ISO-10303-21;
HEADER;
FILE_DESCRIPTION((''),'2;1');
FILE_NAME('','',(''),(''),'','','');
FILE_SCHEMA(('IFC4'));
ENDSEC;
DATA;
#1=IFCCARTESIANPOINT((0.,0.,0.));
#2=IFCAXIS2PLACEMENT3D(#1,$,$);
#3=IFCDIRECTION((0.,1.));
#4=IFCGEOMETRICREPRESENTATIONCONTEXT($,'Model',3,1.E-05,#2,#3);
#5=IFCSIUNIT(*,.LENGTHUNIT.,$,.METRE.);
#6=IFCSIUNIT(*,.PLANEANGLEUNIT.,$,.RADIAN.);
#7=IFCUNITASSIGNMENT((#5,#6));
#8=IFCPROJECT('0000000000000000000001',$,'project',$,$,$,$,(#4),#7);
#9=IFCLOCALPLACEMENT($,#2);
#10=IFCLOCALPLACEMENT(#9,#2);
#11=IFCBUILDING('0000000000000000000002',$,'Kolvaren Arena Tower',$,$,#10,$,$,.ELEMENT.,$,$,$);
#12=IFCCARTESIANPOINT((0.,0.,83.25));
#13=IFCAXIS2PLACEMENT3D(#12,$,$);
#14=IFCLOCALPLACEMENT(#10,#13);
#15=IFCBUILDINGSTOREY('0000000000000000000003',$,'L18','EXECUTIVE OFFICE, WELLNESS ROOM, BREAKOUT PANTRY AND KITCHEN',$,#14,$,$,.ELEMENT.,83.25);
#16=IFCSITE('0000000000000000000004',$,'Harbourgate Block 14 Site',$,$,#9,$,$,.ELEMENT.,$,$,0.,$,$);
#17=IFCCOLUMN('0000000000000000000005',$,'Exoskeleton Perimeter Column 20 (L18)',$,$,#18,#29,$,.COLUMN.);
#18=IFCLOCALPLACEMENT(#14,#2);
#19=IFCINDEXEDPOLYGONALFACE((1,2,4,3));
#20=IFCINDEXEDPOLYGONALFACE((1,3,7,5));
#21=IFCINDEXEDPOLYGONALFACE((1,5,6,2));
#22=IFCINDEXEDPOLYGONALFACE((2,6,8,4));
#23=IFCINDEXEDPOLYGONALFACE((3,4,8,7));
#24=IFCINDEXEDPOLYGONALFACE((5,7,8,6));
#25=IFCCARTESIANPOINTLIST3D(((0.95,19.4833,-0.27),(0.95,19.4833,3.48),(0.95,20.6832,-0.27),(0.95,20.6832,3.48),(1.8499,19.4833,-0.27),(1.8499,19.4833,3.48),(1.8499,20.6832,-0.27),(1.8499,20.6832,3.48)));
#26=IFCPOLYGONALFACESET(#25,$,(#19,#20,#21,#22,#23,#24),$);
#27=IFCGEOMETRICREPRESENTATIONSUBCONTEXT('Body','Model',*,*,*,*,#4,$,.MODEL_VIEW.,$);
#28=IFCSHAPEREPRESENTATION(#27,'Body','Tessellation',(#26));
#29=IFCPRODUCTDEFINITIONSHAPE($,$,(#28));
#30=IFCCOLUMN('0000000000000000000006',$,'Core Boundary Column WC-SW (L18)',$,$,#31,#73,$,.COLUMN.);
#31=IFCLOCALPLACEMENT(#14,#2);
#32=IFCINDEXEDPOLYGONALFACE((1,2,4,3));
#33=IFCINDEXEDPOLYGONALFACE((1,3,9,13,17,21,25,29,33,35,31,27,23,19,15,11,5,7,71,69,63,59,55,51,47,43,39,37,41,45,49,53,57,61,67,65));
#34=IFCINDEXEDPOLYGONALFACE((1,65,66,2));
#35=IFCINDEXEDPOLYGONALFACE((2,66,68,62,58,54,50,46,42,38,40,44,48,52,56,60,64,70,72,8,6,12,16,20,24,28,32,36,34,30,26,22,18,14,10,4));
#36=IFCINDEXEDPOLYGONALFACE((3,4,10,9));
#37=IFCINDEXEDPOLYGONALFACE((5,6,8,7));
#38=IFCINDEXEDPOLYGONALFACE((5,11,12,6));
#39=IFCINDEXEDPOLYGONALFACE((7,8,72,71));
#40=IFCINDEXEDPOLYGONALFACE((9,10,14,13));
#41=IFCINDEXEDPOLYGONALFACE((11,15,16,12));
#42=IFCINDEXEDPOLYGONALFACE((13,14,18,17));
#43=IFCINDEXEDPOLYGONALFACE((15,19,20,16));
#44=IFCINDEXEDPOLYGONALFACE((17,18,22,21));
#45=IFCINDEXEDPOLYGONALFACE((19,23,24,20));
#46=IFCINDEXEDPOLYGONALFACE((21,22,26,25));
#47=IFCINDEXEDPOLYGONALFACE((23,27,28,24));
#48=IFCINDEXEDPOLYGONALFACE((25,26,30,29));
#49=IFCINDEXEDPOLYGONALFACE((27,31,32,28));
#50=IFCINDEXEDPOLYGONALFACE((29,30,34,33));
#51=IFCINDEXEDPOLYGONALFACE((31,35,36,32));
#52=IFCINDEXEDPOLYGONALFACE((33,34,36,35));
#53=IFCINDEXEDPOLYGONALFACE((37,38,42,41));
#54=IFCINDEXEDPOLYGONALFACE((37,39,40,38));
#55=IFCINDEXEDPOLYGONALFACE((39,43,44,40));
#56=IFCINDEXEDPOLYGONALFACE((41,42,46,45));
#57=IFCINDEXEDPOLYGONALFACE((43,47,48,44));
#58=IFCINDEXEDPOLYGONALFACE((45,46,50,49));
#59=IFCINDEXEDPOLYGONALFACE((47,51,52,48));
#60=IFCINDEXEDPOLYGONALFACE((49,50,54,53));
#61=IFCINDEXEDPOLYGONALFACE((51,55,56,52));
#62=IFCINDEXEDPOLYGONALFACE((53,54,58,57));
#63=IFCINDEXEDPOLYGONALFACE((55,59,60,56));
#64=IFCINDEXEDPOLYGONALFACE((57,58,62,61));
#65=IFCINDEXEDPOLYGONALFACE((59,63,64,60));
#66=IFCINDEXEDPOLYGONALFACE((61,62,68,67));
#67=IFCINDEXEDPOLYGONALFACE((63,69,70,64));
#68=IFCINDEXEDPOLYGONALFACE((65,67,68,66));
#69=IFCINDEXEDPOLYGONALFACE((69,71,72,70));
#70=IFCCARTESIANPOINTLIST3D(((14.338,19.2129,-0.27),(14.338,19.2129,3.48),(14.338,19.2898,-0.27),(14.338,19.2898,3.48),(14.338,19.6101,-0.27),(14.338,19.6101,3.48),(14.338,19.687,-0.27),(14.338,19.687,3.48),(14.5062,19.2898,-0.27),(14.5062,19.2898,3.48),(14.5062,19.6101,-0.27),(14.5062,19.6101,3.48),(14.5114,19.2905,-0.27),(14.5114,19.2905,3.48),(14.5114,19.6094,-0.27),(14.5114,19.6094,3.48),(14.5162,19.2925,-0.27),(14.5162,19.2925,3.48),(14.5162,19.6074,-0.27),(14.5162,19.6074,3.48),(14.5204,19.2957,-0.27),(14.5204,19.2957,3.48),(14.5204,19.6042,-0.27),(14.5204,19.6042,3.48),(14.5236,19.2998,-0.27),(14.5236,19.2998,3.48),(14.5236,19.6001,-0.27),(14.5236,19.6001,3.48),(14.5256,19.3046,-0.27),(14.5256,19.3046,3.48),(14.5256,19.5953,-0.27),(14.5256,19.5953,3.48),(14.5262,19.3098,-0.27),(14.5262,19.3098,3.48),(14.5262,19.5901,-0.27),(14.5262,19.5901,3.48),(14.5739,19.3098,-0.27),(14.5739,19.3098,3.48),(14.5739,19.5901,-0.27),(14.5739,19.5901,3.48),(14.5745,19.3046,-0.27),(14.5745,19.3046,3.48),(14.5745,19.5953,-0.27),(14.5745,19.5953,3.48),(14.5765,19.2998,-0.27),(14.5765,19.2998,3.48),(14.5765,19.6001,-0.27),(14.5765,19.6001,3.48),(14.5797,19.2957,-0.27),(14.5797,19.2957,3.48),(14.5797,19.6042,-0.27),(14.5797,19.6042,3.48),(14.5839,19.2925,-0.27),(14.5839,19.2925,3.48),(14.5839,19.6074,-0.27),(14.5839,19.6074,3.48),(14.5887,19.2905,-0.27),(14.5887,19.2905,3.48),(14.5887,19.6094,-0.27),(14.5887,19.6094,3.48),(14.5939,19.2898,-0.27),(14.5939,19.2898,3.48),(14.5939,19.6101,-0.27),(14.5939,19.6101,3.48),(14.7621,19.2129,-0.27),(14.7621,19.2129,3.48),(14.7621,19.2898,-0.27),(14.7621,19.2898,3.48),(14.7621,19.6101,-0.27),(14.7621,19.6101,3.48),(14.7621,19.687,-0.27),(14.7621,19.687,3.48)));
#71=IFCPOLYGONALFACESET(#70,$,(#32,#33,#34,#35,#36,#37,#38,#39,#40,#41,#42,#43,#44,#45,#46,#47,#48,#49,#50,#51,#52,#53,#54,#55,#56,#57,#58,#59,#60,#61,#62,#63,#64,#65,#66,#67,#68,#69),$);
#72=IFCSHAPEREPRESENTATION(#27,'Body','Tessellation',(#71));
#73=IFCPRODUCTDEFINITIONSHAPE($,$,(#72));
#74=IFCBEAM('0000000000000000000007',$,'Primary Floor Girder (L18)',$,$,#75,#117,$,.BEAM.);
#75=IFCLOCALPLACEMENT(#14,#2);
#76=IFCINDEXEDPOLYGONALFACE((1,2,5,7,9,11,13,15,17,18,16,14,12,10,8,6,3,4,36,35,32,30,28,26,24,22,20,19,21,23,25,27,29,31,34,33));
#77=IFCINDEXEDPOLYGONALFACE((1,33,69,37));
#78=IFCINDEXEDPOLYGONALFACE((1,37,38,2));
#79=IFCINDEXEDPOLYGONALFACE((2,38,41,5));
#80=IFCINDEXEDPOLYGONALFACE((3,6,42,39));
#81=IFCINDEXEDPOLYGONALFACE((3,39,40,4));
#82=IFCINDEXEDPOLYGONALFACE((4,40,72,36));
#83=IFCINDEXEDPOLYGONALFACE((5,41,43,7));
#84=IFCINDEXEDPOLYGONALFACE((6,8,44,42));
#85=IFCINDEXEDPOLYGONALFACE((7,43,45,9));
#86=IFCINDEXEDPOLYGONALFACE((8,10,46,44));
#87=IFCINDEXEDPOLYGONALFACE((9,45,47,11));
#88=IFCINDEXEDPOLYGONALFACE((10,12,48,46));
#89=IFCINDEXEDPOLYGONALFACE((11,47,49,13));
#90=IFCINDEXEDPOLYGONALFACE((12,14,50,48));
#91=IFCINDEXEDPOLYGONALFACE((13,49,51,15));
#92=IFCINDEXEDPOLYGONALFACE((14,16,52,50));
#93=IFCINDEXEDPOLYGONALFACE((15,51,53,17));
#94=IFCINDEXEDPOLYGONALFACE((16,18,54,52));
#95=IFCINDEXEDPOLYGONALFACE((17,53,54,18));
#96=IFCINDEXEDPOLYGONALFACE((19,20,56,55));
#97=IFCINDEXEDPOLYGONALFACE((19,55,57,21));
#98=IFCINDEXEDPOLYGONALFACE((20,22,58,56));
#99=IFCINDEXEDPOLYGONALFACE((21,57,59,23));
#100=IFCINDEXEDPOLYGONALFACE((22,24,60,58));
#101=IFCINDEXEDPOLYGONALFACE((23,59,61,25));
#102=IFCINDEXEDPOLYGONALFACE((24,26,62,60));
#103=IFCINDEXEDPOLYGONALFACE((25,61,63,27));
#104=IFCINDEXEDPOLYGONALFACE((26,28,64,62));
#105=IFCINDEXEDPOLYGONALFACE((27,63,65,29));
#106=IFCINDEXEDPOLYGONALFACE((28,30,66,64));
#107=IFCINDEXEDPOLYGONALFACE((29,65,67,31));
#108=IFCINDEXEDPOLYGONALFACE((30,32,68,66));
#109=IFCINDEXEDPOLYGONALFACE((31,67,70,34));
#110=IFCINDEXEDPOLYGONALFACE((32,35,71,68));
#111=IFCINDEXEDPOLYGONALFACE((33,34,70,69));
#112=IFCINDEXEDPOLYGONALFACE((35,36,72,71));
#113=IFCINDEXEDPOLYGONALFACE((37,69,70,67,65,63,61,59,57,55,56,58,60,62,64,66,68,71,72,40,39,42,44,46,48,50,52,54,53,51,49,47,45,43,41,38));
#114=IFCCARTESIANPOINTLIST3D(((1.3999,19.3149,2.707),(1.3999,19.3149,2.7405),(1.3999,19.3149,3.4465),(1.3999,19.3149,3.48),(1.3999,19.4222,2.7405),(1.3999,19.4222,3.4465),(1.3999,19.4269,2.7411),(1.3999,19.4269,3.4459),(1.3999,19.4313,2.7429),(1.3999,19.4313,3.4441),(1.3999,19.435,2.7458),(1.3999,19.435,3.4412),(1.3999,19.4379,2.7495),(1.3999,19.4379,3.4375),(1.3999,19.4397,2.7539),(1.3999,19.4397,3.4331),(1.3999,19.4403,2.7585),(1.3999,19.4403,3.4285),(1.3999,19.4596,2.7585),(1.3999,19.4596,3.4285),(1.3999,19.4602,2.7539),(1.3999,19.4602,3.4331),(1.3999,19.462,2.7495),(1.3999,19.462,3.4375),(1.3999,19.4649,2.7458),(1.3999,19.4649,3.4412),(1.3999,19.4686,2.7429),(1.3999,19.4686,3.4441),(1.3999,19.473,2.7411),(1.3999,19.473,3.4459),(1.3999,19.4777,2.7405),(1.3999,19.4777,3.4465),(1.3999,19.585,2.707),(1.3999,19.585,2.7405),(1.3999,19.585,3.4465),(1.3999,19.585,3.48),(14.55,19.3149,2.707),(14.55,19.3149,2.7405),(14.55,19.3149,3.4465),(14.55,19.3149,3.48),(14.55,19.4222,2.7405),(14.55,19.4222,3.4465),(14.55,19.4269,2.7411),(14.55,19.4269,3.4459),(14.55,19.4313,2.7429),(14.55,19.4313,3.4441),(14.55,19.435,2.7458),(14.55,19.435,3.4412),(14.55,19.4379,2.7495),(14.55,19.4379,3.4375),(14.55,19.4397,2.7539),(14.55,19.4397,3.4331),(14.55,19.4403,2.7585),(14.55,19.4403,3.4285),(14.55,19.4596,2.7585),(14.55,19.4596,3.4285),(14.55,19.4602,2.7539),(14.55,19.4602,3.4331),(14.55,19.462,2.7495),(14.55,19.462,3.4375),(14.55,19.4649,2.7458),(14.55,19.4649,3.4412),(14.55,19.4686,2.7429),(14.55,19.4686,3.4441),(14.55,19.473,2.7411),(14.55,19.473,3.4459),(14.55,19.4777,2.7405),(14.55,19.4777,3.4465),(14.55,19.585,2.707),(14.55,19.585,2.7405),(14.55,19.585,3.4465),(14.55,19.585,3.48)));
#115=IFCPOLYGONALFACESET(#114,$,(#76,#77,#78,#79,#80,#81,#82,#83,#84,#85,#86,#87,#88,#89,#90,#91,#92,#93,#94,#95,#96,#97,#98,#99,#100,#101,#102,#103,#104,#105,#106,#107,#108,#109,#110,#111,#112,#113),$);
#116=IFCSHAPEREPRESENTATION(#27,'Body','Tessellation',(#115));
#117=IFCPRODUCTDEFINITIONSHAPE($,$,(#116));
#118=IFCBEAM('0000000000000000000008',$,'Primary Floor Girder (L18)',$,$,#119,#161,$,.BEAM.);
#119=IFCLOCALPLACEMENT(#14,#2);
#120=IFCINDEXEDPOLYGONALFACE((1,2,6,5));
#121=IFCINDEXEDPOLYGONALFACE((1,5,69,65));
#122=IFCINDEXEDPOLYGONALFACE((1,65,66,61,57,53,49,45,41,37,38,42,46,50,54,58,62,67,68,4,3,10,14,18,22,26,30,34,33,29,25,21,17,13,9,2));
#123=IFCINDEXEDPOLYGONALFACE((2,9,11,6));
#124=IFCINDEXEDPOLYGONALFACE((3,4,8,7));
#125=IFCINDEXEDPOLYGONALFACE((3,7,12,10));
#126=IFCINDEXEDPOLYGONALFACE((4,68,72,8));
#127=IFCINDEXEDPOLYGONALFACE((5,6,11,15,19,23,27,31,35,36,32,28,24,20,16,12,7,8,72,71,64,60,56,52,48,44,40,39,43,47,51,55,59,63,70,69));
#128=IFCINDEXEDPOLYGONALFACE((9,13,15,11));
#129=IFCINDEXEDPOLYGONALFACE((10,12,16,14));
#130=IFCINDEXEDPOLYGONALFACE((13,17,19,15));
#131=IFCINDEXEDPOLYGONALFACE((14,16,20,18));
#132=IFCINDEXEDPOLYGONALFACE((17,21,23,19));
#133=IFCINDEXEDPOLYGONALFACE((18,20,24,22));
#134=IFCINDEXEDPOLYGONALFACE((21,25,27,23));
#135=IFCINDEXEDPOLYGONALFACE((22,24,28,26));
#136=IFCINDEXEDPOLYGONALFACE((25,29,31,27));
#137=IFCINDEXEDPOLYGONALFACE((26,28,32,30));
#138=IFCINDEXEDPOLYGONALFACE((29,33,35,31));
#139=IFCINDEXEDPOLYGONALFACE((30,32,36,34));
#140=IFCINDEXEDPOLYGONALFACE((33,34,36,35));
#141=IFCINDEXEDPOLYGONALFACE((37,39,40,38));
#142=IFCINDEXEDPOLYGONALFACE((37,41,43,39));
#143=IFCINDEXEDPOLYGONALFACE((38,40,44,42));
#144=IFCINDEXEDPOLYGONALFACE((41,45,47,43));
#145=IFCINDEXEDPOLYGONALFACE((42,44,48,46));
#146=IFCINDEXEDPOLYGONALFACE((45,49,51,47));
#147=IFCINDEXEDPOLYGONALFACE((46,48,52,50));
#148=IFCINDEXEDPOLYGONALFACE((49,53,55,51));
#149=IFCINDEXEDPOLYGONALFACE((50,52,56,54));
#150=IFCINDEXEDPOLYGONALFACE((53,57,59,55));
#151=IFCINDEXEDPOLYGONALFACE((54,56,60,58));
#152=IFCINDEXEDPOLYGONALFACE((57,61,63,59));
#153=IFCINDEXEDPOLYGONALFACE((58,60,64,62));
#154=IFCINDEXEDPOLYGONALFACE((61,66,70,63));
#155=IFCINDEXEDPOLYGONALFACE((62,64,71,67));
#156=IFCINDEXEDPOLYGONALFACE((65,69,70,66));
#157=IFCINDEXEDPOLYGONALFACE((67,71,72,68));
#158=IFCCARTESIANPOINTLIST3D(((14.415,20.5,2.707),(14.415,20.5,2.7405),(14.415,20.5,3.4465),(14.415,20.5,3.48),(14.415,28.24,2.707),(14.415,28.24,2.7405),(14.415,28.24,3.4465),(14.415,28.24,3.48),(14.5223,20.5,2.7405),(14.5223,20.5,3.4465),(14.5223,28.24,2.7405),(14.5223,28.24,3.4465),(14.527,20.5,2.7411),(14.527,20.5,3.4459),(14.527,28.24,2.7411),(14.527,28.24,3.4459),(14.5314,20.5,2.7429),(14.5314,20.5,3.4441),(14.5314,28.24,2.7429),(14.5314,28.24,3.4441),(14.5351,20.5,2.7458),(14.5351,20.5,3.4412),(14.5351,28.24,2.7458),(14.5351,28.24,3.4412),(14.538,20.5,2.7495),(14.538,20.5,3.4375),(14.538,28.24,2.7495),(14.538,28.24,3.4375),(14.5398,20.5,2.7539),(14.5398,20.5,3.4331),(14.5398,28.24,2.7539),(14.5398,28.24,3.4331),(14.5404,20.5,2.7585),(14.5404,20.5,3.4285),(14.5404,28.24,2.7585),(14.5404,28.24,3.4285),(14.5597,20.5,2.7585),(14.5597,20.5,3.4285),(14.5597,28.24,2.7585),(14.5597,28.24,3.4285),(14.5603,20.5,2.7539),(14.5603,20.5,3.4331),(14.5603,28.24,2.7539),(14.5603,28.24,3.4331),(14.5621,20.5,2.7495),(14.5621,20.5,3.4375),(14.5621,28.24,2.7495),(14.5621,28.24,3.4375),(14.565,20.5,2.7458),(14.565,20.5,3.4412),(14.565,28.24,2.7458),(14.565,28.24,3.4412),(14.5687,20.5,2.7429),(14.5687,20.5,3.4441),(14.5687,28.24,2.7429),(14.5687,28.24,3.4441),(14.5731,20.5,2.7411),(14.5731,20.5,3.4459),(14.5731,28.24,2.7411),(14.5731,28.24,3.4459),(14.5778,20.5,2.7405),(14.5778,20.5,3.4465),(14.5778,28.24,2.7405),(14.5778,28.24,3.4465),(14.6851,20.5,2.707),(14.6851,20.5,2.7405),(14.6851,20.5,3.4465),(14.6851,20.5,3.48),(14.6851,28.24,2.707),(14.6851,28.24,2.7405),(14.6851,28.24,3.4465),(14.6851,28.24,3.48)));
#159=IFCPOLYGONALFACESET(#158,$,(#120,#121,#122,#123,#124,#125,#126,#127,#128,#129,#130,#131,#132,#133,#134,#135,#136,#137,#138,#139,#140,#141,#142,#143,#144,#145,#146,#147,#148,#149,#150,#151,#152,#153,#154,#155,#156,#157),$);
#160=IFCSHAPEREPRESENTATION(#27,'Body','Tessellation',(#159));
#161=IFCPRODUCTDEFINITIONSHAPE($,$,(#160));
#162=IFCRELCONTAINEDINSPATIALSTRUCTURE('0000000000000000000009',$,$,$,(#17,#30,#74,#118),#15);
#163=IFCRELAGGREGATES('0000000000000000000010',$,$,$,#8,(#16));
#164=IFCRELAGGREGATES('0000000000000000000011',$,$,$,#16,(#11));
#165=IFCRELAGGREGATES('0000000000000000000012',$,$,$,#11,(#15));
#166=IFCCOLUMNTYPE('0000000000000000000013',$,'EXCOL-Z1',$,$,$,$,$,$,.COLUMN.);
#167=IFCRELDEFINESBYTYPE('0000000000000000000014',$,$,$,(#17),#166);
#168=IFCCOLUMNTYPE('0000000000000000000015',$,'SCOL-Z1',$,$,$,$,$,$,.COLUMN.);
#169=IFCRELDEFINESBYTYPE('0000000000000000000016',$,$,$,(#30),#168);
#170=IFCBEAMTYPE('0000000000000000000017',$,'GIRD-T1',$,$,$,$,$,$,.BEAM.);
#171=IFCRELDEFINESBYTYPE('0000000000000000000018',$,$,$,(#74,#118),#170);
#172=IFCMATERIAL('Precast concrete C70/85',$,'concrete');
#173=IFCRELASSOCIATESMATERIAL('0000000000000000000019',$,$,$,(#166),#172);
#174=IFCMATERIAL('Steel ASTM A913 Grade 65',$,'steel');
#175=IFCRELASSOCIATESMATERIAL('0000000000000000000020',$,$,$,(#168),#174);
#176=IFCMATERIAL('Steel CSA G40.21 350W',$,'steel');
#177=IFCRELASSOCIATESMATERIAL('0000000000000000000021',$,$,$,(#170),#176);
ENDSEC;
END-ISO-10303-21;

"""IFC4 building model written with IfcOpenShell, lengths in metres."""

from ifc_helpers import new_model, si_unit, direction, frame, origin, origin_2d, place, context, subcontext, project, spatial, rectangle, i_section, extrude, material, material_profile, profile_set, type_object, element, save


model = new_model("IFC4")

# Units and contexts
model_context = context("Model", 3, precision=1e-05, world=origin(), true_north=direction((0.0, 1.0)))
body_context = subcontext(model_context, "Body", "Model", "MODEL_VIEW")
ifc_project = project(units=[si_unit("LENGTHUNIT", "METRE"), si_unit("PLANEANGLEUNIT", "RADIAN")], contexts=[model_context])

# Site, building, storey
site_placement = place(None, origin())
site = spatial("IfcSite", under=ifc_project, at=site_placement, Name="Harbourgate Block 14 Site", CompositionType="ELEMENT", RefElevation=0.0)
building_placement = place(site_placement, origin())
building = spatial("IfcBuilding", under=site, at=building_placement, Name="Kolvaren Arena Tower", CompositionType="ELEMENT")
storey_placement = place(building_placement, frame((0.0, 0.0, 83.25)))
storey = spatial("IfcBuildingStorey", under=building, at=storey_placement, Name="L18", Description="EXECUTIVE OFFICE, WELLNESS ROOM, BREAKOUT PANTRY AND KITCHEN", CompositionType="ELEMENT", Elevation=83.25)

# Columns
ifc_material_1 = material(Name="Precast concrete C70/85", Category="concrete")
ifc_material_profile_1 = material_profile(ifc_material_1, rectangle(XDim=1.2, YDim=0.8999, at=origin_2d()), Name="RC-1200x900")
ifc_profile_set_1 = profile_set([ifc_material_profile_1], Name="Precast concrete C70/85")
column_type_1 = type_object("IfcColumnType", Name="EXCOL-Z1", PredefinedType="COLUMN", material=ifc_profile_set_1)
column_1_placement = place(storey_placement, frame((1.3999, 20.0833, -0.27), z_axis=(0.0, 0.0, 1.0), x_axis=(0.0, 1.0, 0.0)))
element("IfcColumn", 1, at=column_1_placement, inside=storey, type_object=column_type_1, Name="Exoskeleton Perimeter Column 20 (L18)", PredefinedType="COLUMN", context=body_context, shape_type="SweptSolid", body=[
    extrude(rectangle(XDim=1.2, YDim=0.8999, at=origin_2d()), origin(), (0.0, 0.0, 1.0), 3.75),
])
ifc_material_2 = material(Name="Steel ASTM A913 Grade 65", Category="steel")
ifc_material_profile_2 = material_profile(ifc_material_2, i_section(OverallWidth=0.4241, OverallDepth=0.4741, WebThickness=0.0476, FlangeThickness=0.0769, FilletRadius=0.02, at=origin_2d()), Name="W360x634")
ifc_profile_set_2 = profile_set([ifc_material_profile_2], Name="Steel ASTM A913 Grade 65")
column_type_2 = type_object("IfcColumnType", Name="SCOL-Z1", PredefinedType="COLUMN", material=ifc_profile_set_2)
column_2_placement = place(storey_placement, frame((14.55, 19.45, -0.27), z_axis=(0.0, 0.0, 1.0), x_axis=(1.0, 0.0, 0.0)))
element("IfcColumn", 2, at=column_2_placement, inside=storey, type_object=column_type_2, Name="Core Boundary Column WC-SW (L18)", PredefinedType="COLUMN", context=body_context, shape_type="SweptSolid", body=[
    extrude(i_section(OverallWidth=0.4241, OverallDepth=0.4741, WebThickness=0.0476, FlangeThickness=0.0769, FilletRadius=0.02, at=origin_2d()), origin(), (0.0, 0.0, 1.0), 3.75),
])

# Beams
ifc_material_3 = material(Name="Steel CSA G40.21 350W", Category="steel")
ifc_material_profile_3 = material_profile(ifc_material_3, i_section(OverallWidth=0.27, OverallDepth=0.7729, WebThickness=0.0193, FlangeThickness=0.0334, FilletRadius=0.0181, at=origin_2d()), Name="W760x257")
ifc_profile_set_3 = profile_set([ifc_material_profile_3], Name="Steel CSA G40.21 350W")
beam_type_1 = type_object("IfcBeamType", Name="GIRD-T1", PredefinedType="BEAM", material=ifc_profile_set_3)
beam_1_placement = place(storey_placement, frame((1.3999, 19.45, 3.0935), z_axis=(1.0, 0.0, 0.0), x_axis=(0.0, 1.0, 0.0)))
element("IfcBeam", 3, at=beam_1_placement, inside=storey, type_object=beam_type_1, Name="Primary Floor Girder (L18)", PredefinedType="BEAM", context=body_context, shape_type="SweptSolid", body=[
    extrude(i_section(OverallWidth=0.27, OverallDepth=0.7729, WebThickness=0.0193, FlangeThickness=0.0334, FilletRadius=0.0181, at=origin_2d()), origin(), (0.0, 0.0, 1.0), 13.1501),
])
beam_2_placement = place(storey_placement, frame((14.55, 20.5, 3.0935), z_axis=(0.0, 1.0, 0.0), x_axis=(-1.0, 0.0, 0.0)))
element("IfcBeam", 4, at=beam_2_placement, inside=storey, type_object=beam_type_1, Name="Primary Floor Girder (L18)", PredefinedType="BEAM", context=body_context, shape_type="SweptSolid", body=[
    extrude(i_section(OverallWidth=0.27, OverallDepth=0.7729, WebThickness=0.0193, FlangeThickness=0.0334, FilletRadius=0.0181, at=origin_2d()), origin(), (0.0, 0.0, 1.0), 7.74),
])

save(model, "model.ifc")
